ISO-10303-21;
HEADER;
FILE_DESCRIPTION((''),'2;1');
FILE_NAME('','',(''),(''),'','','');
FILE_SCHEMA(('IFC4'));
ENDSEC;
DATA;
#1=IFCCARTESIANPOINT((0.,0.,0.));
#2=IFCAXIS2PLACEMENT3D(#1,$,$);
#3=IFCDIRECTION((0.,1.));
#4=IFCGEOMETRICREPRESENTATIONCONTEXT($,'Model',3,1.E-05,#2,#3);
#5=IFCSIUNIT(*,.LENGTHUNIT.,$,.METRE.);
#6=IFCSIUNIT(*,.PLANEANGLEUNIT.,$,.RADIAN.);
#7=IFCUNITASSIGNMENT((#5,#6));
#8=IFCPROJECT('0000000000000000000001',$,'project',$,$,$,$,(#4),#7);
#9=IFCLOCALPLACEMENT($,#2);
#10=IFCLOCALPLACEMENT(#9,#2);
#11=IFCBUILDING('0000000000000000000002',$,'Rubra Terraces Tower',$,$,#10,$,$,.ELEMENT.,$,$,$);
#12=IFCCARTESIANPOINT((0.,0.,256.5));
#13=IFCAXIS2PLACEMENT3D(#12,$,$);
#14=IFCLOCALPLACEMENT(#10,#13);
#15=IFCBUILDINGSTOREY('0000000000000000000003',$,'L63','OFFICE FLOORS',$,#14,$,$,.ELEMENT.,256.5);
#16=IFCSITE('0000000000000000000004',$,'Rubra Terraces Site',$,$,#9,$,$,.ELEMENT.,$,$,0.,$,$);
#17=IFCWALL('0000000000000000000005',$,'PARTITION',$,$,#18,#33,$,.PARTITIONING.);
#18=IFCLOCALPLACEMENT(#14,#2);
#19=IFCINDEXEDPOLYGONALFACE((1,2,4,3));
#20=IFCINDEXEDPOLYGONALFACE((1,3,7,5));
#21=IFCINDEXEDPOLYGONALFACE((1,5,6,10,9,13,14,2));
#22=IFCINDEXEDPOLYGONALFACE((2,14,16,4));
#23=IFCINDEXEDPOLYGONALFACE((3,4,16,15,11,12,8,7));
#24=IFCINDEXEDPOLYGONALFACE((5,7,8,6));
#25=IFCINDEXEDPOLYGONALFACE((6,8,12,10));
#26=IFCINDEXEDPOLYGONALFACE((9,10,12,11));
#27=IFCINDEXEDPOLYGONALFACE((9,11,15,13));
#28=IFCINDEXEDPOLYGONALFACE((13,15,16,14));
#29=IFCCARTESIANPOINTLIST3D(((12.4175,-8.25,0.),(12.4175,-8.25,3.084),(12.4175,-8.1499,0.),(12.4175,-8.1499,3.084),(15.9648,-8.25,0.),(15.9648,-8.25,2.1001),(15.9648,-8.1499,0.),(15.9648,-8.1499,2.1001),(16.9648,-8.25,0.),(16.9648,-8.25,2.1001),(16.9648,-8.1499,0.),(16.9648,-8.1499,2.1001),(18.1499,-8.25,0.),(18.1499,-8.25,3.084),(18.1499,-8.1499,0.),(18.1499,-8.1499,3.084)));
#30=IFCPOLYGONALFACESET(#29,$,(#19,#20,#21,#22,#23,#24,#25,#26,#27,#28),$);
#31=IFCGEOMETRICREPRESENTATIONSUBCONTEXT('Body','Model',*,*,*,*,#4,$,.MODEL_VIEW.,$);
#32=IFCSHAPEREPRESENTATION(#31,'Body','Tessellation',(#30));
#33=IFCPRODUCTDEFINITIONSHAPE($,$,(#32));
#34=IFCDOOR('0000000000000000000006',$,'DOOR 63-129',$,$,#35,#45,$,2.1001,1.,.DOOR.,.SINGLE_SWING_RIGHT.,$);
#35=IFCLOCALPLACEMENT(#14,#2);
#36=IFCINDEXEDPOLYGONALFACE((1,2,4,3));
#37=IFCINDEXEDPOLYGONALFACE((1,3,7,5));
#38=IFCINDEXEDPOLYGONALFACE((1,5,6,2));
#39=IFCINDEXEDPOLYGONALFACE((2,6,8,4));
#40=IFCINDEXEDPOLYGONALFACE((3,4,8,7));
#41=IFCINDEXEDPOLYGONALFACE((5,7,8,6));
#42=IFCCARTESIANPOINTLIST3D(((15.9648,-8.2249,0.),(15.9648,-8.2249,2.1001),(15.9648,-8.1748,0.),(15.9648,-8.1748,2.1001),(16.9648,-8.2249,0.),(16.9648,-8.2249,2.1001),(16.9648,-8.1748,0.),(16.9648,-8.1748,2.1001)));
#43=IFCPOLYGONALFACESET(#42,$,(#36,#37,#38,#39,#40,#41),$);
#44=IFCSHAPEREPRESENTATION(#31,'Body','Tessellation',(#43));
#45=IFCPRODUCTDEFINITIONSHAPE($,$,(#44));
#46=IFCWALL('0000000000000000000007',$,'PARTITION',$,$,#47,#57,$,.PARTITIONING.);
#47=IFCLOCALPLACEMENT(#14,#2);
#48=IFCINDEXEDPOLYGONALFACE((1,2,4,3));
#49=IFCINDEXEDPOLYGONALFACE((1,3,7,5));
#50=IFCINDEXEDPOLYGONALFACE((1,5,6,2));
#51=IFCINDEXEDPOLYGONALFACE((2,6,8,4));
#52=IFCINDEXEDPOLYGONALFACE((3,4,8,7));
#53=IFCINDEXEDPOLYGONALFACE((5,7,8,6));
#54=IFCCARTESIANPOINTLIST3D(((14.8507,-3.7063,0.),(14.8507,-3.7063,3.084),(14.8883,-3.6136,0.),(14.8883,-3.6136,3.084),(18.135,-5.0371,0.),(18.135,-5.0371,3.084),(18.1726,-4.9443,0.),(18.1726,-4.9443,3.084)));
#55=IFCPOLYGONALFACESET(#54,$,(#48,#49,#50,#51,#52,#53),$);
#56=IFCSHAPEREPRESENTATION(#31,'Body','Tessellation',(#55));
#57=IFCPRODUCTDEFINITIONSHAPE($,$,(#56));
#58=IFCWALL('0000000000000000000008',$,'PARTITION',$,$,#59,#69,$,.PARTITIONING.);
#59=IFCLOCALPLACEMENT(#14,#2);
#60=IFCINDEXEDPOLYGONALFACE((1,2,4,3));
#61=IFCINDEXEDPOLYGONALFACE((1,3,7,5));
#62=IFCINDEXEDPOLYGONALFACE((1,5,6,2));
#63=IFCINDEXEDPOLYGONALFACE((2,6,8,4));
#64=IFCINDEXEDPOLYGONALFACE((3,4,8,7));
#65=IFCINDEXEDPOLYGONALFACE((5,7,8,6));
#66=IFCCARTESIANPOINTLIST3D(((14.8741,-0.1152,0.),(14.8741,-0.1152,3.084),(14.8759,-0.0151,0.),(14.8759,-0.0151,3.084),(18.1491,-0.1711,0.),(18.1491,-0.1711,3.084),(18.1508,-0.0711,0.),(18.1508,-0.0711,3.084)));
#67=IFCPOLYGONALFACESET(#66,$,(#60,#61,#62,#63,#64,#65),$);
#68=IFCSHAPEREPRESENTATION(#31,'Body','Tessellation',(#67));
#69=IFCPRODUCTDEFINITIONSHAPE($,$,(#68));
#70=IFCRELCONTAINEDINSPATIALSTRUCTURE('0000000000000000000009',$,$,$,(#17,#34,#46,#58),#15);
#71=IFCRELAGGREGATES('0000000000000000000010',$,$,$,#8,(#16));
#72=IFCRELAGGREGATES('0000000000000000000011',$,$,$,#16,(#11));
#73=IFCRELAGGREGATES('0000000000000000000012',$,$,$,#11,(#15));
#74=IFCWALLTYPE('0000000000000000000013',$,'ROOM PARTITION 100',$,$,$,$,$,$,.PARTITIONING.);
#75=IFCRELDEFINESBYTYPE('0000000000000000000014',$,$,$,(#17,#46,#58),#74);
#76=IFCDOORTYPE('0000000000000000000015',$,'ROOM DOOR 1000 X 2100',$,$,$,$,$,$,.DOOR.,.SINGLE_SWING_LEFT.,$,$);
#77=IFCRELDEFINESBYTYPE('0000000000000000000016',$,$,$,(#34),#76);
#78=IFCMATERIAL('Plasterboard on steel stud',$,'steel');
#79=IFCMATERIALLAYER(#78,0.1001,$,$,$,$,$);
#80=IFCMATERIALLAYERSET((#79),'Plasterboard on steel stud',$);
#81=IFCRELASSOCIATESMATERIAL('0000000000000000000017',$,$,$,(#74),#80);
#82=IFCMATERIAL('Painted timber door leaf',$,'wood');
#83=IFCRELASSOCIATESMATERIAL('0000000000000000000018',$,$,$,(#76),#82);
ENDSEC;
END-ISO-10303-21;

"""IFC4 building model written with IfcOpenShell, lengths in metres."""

from ifc_helpers import new_model, si_unit, direction, frame, frame_2d, origin, place, context, subcontext, project, spatial, rectangle, extrude, material, layer, layer_set, type_object, element, fill, save


model = new_model("IFC4")

# Units and contexts
model_context = context("Model", 3, precision=1e-05, world=origin(), true_north=direction((0.0, 1.0)))
body_context = subcontext(model_context, "Body", "Model", "MODEL_VIEW")
ifc_project = project(units=[si_unit("LENGTHUNIT", "METRE"), si_unit("PLANEANGLEUNIT", "RADIAN")], contexts=[model_context])

# Site, building, storey
site_placement = place(None, origin())
site = spatial("IfcSite", under=ifc_project, at=site_placement, Name="Rubra Terraces Site", CompositionType="ELEMENT", RefElevation=0.0)
building_placement = place(site_placement, origin())
building = spatial("IfcBuilding", under=site, at=building_placement, Name="Rubra Terraces Tower", CompositionType="ELEMENT")
storey_placement = place(building_placement, frame((0.0, 0.0, 256.5)))
storey = spatial("IfcBuildingStorey", under=building, at=storey_placement, Name="L63", Description="OFFICE FLOORS", CompositionType="ELEMENT", Elevation=256.5)

# Wall, opening, door
ifc_material_1 = material(Name="Plasterboard on steel stud", Category="steel")
ifc_layer_1 = layer(ifc_material_1, 0.1001)
ifc_layer_set_1 = layer_set([ifc_layer_1], Name="Plasterboard on steel stud")
wall_type_1 = type_object("IfcWallType", Name="ROOM PARTITION 100", PredefinedType="PARTITIONING", material=ifc_layer_set_1)
ifc_material_2 = material(Name="Painted timber door leaf", Category="wood")
door_type_1 = type_object("IfcDoorType", Name="ROOM DOOR 1000 X 2100", OperationType="SINGLE_SWING_LEFT", PredefinedType="DOOR", material=ifc_material_2)
wall_1_placement = place(storey_placement, frame((18.1499, -8.2, 0.0), z_axis=(0.0, 0.0, 1.0), x_axis=(-1.0, 0.0, 0.0)))
wall_1 = element("IfcWall", 1, at=wall_1_placement, inside=storey, type_object=wall_type_1, Name="PARTITION", PredefinedType="PARTITIONING", context=body_context, shape_type="SweptSolid", body=[
    extrude(rectangle(XDim=5.7324, YDim=0.1001, at=frame_2d((2.8662, 0.0))), origin(), (0.0, 0.0, 1.0), 3.084),
])
opening_1_placement = place(wall_1_placement, frame((1.1851, 0.0, 0.0)))
opening_1 = element("IfcOpeningElement", 2, at=opening_1_placement, cuts=wall_1, PredefinedType="OPENING", context=body_context, shape_type="SweptSolid", body=[
    extrude(rectangle(XDim=1.0, YDim=2.1001, at=frame_2d((0.5, 1.05))), frame((0.0, 0.0601, 0.0), z_axis=(0.0, -1.0, 0.0), x_axis=(1.0, 0.0, 0.0)), (0.0, 0.0, 1.0), 0.1201),
])
door_1_placement = place(opening_1_placement, origin())
door_1 = element("IfcDoor", 3, at=door_1_placement, inside=storey, type_object=door_type_1, Name="DOOR 63-129", OperationType="SINGLE_SWING_RIGHT", OverallHeight=2.1001, OverallWidth=1.0, PredefinedType="DOOR", context=body_context, shape_type="SweptSolid", body=[
    extrude(rectangle(XDim=1.0, YDim=2.1001, at=frame_2d((0.5, 1.05))), frame((0.0, 0.0249, 0.0), z_axis=(0.0, -1.0, 0.0), x_axis=(1.0, 0.0, 0.0)), (0.0, 0.0, 1.0), 0.05),
])
fill(opening_1, door_1)

# Walls
wall_2_placement = place(storey_placement, frame((14.8694, -3.6599, 0.0), z_axis=(0.0, 0.0, 1.0), x_axis=(0.926809, -0.375532, 0.0)))
element("IfcWall", 4, at=wall_2_placement, inside=storey, type_object=wall_type_1, Name="PARTITION", PredefinedType="PARTITIONING", context=body_context, shape_type="SweptSolid", body=[
    extrude(rectangle(XDim=3.5437, YDim=0.1001, at=frame_2d((1.772, 0.0))), origin(), (0.0, 0.0, 1.0), 3.084),
])
wall_3_placement = place(storey_placement, frame((14.875, -0.0652, 0.0), z_axis=(0.0, 0.0, 1.0), x_axis=(0.999854, -0.017069, 0.0)))
element("IfcWall", 5, at=wall_3_placement, inside=storey, type_object=wall_type_1, Name="PARTITION", PredefinedType="PARTITIONING", context=body_context, shape_type="SweptSolid", body=[
    extrude(rectangle(XDim=3.2754, YDim=0.1001, at=frame_2d((1.6377, 0.0))), origin(), (0.0, 0.0, 1.0), 3.084),
])

save(model, "model.ifc")
